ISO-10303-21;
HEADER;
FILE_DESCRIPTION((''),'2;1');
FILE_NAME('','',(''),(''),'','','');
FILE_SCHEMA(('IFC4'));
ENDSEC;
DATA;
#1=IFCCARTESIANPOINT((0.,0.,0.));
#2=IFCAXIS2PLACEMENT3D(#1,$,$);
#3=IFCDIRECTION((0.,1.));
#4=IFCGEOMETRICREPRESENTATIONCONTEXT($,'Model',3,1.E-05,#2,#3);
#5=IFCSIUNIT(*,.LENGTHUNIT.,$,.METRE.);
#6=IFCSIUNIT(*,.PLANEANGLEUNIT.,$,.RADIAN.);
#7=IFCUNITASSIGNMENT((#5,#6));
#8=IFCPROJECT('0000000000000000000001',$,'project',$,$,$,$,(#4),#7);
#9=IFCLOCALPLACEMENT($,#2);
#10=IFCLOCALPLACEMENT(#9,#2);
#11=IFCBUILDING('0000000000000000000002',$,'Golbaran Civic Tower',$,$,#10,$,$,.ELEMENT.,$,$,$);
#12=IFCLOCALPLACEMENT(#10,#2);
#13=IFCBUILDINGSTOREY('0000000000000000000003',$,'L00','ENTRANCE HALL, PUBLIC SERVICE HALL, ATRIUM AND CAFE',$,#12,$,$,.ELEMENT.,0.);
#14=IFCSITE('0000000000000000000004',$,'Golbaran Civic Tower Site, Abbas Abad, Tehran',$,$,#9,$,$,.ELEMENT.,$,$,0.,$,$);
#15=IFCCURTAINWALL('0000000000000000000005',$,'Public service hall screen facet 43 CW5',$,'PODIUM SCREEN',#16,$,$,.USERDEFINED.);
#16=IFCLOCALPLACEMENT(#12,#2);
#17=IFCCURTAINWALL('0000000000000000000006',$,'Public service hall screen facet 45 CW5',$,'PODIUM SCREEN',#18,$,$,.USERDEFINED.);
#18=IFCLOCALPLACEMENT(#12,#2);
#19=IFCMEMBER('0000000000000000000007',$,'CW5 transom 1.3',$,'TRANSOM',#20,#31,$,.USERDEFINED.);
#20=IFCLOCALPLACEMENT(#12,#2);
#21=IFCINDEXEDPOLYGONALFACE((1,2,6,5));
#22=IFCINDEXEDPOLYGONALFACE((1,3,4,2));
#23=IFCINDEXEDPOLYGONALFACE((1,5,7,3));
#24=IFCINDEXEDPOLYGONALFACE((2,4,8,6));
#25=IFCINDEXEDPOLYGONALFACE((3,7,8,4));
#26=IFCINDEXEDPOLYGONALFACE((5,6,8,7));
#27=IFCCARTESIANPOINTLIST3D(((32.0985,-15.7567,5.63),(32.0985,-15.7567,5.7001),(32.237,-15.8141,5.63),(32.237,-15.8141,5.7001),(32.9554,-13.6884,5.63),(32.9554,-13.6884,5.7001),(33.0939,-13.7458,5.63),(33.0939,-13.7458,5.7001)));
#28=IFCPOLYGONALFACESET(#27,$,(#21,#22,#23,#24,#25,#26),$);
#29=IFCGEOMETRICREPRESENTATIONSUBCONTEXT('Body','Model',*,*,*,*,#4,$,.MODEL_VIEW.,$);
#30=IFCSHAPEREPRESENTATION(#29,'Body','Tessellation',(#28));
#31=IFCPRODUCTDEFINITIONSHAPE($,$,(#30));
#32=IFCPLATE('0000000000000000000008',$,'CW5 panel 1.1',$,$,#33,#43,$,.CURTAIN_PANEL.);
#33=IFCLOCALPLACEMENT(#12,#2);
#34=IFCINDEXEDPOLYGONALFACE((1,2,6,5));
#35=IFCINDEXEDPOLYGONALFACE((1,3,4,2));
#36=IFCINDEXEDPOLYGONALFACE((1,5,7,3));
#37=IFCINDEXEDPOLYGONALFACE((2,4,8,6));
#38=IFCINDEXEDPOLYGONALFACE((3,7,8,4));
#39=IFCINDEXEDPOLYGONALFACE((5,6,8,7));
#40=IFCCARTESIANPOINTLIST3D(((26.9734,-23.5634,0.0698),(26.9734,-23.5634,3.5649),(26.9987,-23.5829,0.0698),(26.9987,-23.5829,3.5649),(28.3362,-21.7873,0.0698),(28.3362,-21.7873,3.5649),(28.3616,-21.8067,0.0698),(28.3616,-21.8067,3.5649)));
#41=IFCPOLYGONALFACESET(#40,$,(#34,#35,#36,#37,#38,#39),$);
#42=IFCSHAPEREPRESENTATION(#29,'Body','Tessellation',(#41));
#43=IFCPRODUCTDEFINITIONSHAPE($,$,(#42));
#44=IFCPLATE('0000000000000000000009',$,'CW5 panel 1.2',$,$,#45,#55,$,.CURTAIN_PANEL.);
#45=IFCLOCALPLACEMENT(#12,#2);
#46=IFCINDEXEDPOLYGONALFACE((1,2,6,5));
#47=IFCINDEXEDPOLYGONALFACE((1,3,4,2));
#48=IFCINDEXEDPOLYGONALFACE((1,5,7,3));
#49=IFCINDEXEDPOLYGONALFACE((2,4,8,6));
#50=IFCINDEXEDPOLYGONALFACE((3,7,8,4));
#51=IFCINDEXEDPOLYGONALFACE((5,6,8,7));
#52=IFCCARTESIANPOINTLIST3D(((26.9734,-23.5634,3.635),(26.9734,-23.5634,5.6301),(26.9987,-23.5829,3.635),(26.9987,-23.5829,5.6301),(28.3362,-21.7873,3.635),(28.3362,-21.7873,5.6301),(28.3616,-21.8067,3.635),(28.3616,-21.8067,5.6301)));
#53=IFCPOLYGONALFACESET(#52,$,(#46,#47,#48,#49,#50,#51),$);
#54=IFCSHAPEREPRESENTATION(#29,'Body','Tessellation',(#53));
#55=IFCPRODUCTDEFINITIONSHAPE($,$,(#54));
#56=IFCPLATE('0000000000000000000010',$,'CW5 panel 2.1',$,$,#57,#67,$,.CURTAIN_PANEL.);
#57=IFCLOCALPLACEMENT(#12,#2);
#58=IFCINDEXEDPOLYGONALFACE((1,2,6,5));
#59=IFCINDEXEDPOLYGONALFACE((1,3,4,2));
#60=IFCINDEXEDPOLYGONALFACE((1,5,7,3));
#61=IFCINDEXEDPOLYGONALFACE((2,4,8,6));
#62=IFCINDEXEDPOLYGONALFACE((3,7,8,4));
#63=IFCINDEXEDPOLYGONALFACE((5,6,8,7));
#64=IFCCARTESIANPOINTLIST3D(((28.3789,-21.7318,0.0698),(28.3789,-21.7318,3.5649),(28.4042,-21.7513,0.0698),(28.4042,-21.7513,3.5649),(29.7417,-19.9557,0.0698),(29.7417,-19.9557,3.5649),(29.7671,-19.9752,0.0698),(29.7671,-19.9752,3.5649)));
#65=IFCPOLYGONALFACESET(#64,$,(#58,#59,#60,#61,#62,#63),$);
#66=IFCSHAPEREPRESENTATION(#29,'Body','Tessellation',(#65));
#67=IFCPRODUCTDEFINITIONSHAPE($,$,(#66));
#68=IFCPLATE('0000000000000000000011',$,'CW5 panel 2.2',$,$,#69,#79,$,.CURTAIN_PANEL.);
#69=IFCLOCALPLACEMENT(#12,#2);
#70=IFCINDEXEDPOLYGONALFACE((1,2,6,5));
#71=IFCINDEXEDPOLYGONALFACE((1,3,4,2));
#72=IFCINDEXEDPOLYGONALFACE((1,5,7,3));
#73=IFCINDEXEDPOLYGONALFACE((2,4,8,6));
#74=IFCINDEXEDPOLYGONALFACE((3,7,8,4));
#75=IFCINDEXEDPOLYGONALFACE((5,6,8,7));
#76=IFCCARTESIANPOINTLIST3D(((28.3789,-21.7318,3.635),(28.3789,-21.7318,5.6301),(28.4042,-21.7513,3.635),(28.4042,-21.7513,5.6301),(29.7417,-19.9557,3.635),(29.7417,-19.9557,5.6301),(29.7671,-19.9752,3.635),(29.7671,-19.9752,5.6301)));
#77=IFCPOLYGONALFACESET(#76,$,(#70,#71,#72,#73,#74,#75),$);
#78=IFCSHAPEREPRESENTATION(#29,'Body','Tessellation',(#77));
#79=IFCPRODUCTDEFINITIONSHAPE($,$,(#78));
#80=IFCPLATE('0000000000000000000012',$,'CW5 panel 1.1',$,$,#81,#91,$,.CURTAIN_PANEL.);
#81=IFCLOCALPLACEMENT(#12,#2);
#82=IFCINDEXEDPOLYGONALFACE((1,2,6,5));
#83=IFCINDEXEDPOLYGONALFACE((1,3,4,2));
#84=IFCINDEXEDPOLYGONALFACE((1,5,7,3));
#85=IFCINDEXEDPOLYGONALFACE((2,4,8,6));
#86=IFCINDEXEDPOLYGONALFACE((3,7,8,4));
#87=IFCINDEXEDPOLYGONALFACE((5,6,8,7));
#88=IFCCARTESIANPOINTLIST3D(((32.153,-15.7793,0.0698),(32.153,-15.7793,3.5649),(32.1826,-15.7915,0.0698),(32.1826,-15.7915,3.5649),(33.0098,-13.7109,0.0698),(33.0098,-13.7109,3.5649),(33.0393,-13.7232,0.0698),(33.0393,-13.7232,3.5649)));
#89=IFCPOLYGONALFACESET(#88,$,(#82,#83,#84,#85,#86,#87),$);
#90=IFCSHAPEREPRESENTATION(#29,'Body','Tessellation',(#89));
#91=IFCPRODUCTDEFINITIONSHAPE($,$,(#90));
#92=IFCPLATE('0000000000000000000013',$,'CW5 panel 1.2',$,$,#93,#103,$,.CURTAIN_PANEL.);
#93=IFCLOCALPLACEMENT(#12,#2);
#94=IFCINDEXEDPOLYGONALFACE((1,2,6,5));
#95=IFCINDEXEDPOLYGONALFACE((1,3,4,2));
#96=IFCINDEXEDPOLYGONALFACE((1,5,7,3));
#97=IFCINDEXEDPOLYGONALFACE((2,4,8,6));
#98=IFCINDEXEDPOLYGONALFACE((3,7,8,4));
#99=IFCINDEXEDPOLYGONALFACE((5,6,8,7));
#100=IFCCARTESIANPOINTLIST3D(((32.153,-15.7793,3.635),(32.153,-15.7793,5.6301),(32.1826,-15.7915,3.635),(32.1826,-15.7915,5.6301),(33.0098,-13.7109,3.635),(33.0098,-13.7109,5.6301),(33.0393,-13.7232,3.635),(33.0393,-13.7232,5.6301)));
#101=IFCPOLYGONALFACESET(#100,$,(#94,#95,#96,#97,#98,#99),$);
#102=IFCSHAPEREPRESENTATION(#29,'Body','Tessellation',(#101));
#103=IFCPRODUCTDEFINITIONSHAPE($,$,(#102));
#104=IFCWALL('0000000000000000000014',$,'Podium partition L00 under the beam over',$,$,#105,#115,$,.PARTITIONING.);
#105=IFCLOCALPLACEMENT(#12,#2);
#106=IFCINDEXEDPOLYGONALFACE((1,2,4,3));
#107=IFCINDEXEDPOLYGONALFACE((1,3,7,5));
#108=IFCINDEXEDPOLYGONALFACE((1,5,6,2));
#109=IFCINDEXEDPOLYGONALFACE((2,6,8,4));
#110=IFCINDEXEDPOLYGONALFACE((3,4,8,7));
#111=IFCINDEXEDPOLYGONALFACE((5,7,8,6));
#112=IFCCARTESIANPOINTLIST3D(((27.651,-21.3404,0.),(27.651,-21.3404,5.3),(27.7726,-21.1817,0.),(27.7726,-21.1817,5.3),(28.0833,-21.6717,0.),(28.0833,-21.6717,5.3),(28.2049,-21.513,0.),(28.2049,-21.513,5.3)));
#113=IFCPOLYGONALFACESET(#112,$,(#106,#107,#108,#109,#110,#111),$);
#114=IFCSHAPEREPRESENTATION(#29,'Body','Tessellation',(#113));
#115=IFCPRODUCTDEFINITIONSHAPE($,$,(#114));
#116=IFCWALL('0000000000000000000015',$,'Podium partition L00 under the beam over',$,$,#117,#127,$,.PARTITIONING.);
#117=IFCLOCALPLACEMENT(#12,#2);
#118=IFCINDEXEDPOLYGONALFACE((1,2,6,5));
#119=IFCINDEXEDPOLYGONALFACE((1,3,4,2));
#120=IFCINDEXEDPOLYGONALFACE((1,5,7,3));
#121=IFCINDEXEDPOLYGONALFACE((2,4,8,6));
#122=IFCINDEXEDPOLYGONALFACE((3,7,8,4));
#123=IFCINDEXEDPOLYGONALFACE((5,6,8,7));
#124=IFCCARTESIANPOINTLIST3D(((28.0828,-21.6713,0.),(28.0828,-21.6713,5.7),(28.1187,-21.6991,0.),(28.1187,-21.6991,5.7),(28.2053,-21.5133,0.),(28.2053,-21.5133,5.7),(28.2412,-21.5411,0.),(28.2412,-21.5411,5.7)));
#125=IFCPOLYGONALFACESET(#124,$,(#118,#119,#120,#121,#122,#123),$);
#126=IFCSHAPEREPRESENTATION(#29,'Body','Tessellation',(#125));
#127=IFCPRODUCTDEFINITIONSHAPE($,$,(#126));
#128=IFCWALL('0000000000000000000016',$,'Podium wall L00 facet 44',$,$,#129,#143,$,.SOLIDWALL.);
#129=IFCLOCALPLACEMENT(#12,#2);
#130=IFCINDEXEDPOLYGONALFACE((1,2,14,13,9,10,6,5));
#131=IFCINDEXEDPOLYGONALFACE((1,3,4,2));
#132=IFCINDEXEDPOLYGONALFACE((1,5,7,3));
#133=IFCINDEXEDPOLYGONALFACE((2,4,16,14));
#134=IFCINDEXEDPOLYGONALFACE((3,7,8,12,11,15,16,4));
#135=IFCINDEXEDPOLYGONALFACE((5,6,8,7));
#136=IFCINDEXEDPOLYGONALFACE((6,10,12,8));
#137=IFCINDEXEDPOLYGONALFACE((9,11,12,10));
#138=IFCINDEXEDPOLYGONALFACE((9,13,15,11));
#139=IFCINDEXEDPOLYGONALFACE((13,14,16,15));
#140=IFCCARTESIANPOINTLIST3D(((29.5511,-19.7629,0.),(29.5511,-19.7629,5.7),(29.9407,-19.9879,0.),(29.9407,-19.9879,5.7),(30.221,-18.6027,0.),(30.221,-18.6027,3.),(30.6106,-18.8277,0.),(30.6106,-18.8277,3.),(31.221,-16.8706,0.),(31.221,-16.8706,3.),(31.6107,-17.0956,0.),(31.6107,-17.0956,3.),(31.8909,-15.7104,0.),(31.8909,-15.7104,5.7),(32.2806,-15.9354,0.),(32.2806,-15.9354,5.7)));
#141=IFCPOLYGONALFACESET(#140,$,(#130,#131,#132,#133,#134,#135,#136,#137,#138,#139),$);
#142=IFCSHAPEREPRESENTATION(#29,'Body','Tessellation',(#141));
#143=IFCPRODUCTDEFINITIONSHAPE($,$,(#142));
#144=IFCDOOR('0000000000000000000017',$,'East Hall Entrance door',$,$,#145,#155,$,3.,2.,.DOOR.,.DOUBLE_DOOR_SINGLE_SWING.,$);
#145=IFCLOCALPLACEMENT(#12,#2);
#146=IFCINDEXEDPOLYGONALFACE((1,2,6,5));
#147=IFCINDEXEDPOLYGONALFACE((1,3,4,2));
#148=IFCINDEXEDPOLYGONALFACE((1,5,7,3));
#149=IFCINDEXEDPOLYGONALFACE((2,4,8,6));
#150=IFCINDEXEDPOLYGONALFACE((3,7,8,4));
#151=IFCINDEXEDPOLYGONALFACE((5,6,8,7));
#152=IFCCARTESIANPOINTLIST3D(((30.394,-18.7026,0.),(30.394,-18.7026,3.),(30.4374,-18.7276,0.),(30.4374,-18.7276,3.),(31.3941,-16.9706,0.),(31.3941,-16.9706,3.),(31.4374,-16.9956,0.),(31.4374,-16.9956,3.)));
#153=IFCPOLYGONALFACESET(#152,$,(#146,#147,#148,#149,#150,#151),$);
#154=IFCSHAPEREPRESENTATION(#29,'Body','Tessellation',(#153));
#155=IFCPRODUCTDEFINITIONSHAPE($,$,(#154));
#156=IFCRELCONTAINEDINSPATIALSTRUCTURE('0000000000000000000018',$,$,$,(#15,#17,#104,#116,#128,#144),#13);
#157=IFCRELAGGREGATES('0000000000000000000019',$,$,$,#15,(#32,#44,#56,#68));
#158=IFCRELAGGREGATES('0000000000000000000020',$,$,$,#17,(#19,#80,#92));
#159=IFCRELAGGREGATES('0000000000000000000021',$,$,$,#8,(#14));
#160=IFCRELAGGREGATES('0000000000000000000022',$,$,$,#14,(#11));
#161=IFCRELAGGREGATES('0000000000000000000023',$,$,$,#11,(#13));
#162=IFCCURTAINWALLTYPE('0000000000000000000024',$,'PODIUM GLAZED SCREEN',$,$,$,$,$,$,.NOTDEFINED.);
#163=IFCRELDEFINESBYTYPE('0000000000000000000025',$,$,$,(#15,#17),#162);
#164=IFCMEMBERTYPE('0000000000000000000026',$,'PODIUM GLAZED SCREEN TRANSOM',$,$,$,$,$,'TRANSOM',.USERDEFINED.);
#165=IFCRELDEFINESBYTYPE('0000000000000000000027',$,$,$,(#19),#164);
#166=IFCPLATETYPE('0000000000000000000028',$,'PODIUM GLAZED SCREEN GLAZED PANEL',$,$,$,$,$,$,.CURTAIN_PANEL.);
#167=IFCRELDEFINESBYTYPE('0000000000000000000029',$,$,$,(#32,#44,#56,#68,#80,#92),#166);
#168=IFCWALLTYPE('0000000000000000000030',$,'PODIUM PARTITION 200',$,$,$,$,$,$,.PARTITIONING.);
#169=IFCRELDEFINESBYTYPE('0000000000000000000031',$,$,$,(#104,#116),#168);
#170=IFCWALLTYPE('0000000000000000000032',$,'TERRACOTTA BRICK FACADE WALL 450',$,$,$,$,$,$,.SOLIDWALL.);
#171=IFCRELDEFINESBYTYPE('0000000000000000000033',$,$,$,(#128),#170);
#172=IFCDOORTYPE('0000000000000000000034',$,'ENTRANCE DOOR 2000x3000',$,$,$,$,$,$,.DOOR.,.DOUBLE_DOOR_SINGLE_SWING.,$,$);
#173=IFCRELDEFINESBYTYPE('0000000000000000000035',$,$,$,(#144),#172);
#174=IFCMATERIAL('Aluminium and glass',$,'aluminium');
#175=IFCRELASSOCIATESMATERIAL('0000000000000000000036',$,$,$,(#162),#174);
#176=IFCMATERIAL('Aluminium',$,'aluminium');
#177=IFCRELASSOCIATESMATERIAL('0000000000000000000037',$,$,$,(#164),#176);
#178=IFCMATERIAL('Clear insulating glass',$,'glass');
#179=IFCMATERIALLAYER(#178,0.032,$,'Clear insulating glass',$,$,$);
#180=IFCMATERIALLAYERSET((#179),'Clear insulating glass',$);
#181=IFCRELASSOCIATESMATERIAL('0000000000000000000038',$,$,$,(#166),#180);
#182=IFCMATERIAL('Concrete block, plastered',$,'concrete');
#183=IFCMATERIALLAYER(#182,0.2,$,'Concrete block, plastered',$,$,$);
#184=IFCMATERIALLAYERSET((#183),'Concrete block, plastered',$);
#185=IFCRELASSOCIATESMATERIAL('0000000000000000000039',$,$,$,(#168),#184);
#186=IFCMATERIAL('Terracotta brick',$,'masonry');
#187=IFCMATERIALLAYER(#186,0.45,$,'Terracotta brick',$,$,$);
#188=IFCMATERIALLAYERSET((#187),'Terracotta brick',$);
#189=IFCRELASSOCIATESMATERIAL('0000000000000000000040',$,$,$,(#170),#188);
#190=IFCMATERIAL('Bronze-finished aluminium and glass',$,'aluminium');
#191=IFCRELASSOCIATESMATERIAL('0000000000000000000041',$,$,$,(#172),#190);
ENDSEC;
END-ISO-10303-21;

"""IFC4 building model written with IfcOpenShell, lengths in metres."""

from ifc_helpers import new_model, si_unit, direction, frame, frame_2d, origin, origin_2d, place, context, subcontext, project, spatial, rectangle, extrude, material, layer, layer_set, material_profile, profile_set, type_object, element, fill, aggregate, save


model = new_model("IFC4")

# Units and contexts
model_context = context("Model", 3, precision=1e-05, world=origin(), true_north=direction((0.0, 1.0)))
body_context = subcontext(model_context, "Body", "Model", "MODEL_VIEW")
ifc_project = project(units=[si_unit("LENGTHUNIT", "METRE"), si_unit("PLANEANGLEUNIT", "RADIAN")], contexts=[model_context])

# Site, building, storey
site_placement = place(None, origin())
site = spatial("IfcSite", under=ifc_project, at=site_placement, Name="Golbaran Civic Tower Site, Abbas Abad, Tehran", CompositionType="ELEMENT", RefElevation=0.0)
building_placement = place(site_placement, origin())
building = spatial("IfcBuilding", under=site, at=building_placement, Name="Golbaran Civic Tower", CompositionType="ELEMENT")
storey_placement = place(building_placement, origin())
storey = spatial("IfcBuildingStorey", under=building, at=storey_placement, Name="L00", Description="ENTRANCE HALL, PUBLIC SERVICE HALL, ATRIUM AND CAFE", CompositionType="ELEMENT", Elevation=0.0)

# Curtain wall
ifc_material_1 = material(Name="Aluminium and glass", Category="aluminium")
curtain_wall_type = type_object("IfcCurtainWallType", Name="PODIUM GLAZED SCREEN", PredefinedType="NOTDEFINED", material=ifc_material_1)
curtain_wall_1_placement = place(storey_placement, origin())
curtain_wall_1 = element("IfcCurtainWall", 1, at=curtain_wall_1_placement, inside=storey, type_object=curtain_wall_type, Name="Public service hall screen facet 43 CW5", ObjectType="PODIUM SCREEN", PredefinedType="USERDEFINED")
ifc_material_2 = material(Name="Aluminium", Category="aluminium")

# Curtain wall
curtain_wall_2_placement = place(storey_placement, origin())
curtain_wall_2 = element("IfcCurtainWall", 2, at=curtain_wall_2_placement, inside=storey, type_object=curtain_wall_type, Name="Public service hall screen facet 45 CW5", ObjectType="PODIUM SCREEN", PredefinedType="USERDEFINED")

# Member
ifc_material_profile_1 = material_profile(ifc_material_2, rectangle(XDim=0.1499, YDim=0.0701, at=origin_2d()), Name="PODIUM GLAZED SCREEN TRANSOM")
ifc_profile_set_1 = profile_set([ifc_material_profile_1], Name="Aluminium")
member_type_1 = type_object("IfcMemberType", Name="PODIUM GLAZED SCREEN TRANSOM", ElementType="TRANSOM", PredefinedType="USERDEFINED", material=ifc_profile_set_1)
member_1_placement = place(storey_placement, frame((32.1677, -15.7854, 5.665), z_axis=(0.382756, 0.923849, 0.0), x_axis=(-0.923849, 0.382756, 0.0)))
member_1 = element("IfcMember", 3, at=member_1_placement, type_object=member_type_1, Name="CW5 transom 1.3", ObjectType="TRANSOM", PredefinedType="USERDEFINED", context=body_context, shape_type="SweptSolid", body=[
    extrude(rectangle(XDim=0.1499, YDim=0.0701, at=origin_2d()), origin(), (0.0, 0.0, 1.0), 2.2388),
])

# Plates
ifc_material_3 = material(Name="Clear insulating glass", Category="glass")
ifc_layer_1 = layer(ifc_material_3, 0.032, Name="Clear insulating glass")
ifc_layer_set_1 = layer_set([ifc_layer_1], Name="Clear insulating glass")
plate_type = type_object("IfcPlateType", Name="PODIUM GLAZED SCREEN GLAZED PANEL", PredefinedType="CURTAIN_PANEL", material=ifc_layer_set_1)
plate_1_placement = place(storey_placement, frame((27.6675, -22.6851, 0.0698), z_axis=(0.0, 0.0, 1.0), x_axis=(0.608761, 0.793353, 0.0)))
plate_1 = element("IfcPlate", 4, at=plate_1_placement, type_object=plate_type, Name="CW5 panel 1.1", PredefinedType="CURTAIN_PANEL", context=body_context, shape_type="SweptSolid", body=[
    extrude(rectangle(XDim=2.2388, YDim=0.032, at=origin_2d()), origin(), (0.0, 0.0, 1.0), 3.4951),
])
plate_2_placement = place(storey_placement, frame((27.6675, -22.6851, 3.635), z_axis=(0.0, 0.0, 1.0), x_axis=(0.608761, 0.793353, 0.0)))
plate_2 = element("IfcPlate", 5, at=plate_2_placement, type_object=plate_type, Name="CW5 panel 1.2", PredefinedType="CURTAIN_PANEL", context=body_context, shape_type="SweptSolid", body=[
    extrude(rectangle(XDim=2.2388, YDim=0.032, at=origin_2d()), origin(), (0.0, 0.0, 1.0), 1.9951),
])
plate_3_placement = place(storey_placement, frame((29.073, -20.8535, 0.0698), z_axis=(0.0, 0.0, 1.0), x_axis=(0.608761, 0.793353, 0.0)))
plate_3 = element("IfcPlate", 6, at=plate_3_placement, type_object=plate_type, Name="CW5 panel 2.1", PredefinedType="CURTAIN_PANEL", context=body_context, shape_type="SweptSolid", body=[
    extrude(rectangle(XDim=2.2388, YDim=0.032, at=origin_2d()), origin(), (0.0, 0.0, 1.0), 3.4951),
])
plate_4_placement = place(storey_placement, frame((29.073, -20.8535, 3.635), z_axis=(0.0, 0.0, 1.0), x_axis=(0.608761, 0.793353, 0.0)))
plate_4 = element("IfcPlate", 7, at=plate_4_placement, type_object=plate_type, Name="CW5 panel 2.2", PredefinedType="CURTAIN_PANEL", context=body_context, shape_type="SweptSolid", body=[
    extrude(rectangle(XDim=2.2388, YDim=0.032, at=origin_2d()), origin(), (0.0, 0.0, 1.0), 1.9951),
])
aggregate(curtain_wall_1, [plate_1, plate_2, plate_3, plate_4])
plate_5_placement = place(storey_placement, frame((32.5962, -14.7512, 0.0698), z_axis=(0.0, 0.0, 1.0), x_axis=(0.382683, 0.92388, 0.0)))
plate_5 = element("IfcPlate", 8, at=plate_5_placement, type_object=plate_type, Name="CW5 panel 1.1", PredefinedType="CURTAIN_PANEL", context=body_context, shape_type="SweptSolid", body=[
    extrude(rectangle(XDim=2.2388, YDim=0.032, at=origin_2d()), origin(), (0.0, 0.0, 1.0), 3.4951),
])
plate_6_placement = place(storey_placement, frame((32.5962, -14.7512, 3.635), z_axis=(0.0, 0.0, 1.0), x_axis=(0.382683, 0.92388, 0.0)))
plate_6 = element("IfcPlate", 9, at=plate_6_placement, type_object=plate_type, Name="CW5 panel 1.2", PredefinedType="CURTAIN_PANEL", context=body_context, shape_type="SweptSolid", body=[
    extrude(rectangle(XDim=2.2388, YDim=0.032, at=origin_2d()), origin(), (0.0, 0.0, 1.0), 1.9951),
])
aggregate(curtain_wall_2, [member_1, plate_5, plate_6])

# Walls
ifc_material_4 = material(Name="Concrete block, plastered", Category="concrete")
ifc_layer_2 = layer(ifc_material_4, 0.2, Name="Concrete block, plastered")
ifc_layer_set_2 = layer_set([ifc_layer_2], Name="Concrete block, plastered")
wall_type_1 = type_object("IfcWallType", Name="PODIUM PARTITION 200", PredefinedType="PARTITIONING", material=ifc_layer_set_2)
wall_1_placement = place(storey_placement, frame((27.7117, -21.261, 0.0), z_axis=(0.0, 0.0, 1.0), x_axis=(0.793772, -0.608215, 0.0)))
element("IfcWall", 10, at=wall_1_placement, inside=storey, type_object=wall_type_1, Name="Podium partition L00 under the beam over", PredefinedType="PARTITIONING", context=body_context, shape_type="SweptSolid", body=[
    extrude(rectangle(XDim=0.5447, YDim=0.2, at=frame_2d((0.2725, 0.0))), origin(), (0.0, 0.0, 1.0), 5.3),
])
wall_2_placement = place(storey_placement, frame((28.144, -21.5923, 0.0), z_axis=(0.0, 0.0, 1.0), x_axis=(0.79022, -0.612824, 0.0)))
element("IfcWall", 11, at=wall_2_placement, inside=storey, type_object=wall_type_1, Name="Podium partition L00 under the beam over", PredefinedType="PARTITIONING", context=body_context, shape_type="SweptSolid", body=[
    extrude(rectangle(XDim=0.0454, YDim=0.2, at=frame_2d((0.0227, 0.0))), origin(), (0.0, 0.0, 1.0), 5.7),
])

# Wall, opening, door
ifc_material_5 = material(Name="Terracotta brick", Category="masonry")
ifc_layer_3 = layer(ifc_material_5, 0.45, Name="Terracotta brick")
ifc_layer_set_3 = layer_set([ifc_layer_3], Name="Terracotta brick")
wall_type_2 = type_object("IfcWallType", Name="TERRACOTTA BRICK FACADE WALL 450", PredefinedType="SOLIDWALL", material=ifc_layer_set_3)
wall_3_placement = place(storey_placement, frame((29.7458, -19.8755, 0.0), z_axis=(0.0, 0.0, 1.0), x_axis=(0.500022, 0.866013, 0.0)))
wall_3 = element("IfcWall", 12, at=wall_3_placement, inside=storey, type_object=wall_type_2, Name="Podium wall L00 facet 44", PredefinedType="SOLIDWALL", context=body_context, shape_type="SweptSolid", body=[
    extrude(rectangle(XDim=4.6794, YDim=0.45, at=frame_2d((2.3398, 0.0))), origin(), (0.0, 0.0, 1.0), 5.7),
])
opening_placement = place(wall_3_placement, frame((1.3398, 0.0, 0.0)))
opening = element("IfcOpeningElement", 13, at=opening_placement, cuts=wall_3, PredefinedType="OPENING", context=body_context, shape_type="SweptSolid", body=[
    extrude(rectangle(XDim=2.0, YDim=3.0, at=frame_2d((1.0, 1.5))), frame((0.0, 0.2349, 0.0), z_axis=(0.0, -1.0, 0.0), x_axis=(1.0, 0.0, 0.0)), (0.0, 0.0, 1.0), 0.47),
])
ifc_material_6 = material(Name="Bronze-finished aluminium and glass", Category="aluminium")
door_type = type_object("IfcDoorType", Name="ENTRANCE DOOR 2000x3000", OperationType="DOUBLE_DOOR_SINGLE_SWING", PredefinedType="DOOR", material=ifc_material_6)
door_placement = place(opening_placement, frame((2.0, 0.0, 0.0), z_axis=(0.0, 0.0, 1.0), x_axis=(-1.0, 0.0, 0.0)))
door = element("IfcDoor", 14, at=door_placement, inside=storey, type_object=door_type, Name="East Hall Entrance door", OperationType="DOUBLE_DOOR_SINGLE_SWING", OverallHeight=3.0, OverallWidth=2.0, PredefinedType="DOOR", context=body_context, shape_type="SweptSolid", body=[
    extrude(rectangle(XDim=2.0, YDim=3.0, at=frame_2d((1.0, 1.5))), frame((0.0, 0.0249, 0.0), z_axis=(0.0, -1.0, 0.0), x_axis=(1.0, 0.0, 0.0)), (0.0, 0.0, 1.0), 0.05),
])
fill(opening, door)

save(model, "model.ifc")
